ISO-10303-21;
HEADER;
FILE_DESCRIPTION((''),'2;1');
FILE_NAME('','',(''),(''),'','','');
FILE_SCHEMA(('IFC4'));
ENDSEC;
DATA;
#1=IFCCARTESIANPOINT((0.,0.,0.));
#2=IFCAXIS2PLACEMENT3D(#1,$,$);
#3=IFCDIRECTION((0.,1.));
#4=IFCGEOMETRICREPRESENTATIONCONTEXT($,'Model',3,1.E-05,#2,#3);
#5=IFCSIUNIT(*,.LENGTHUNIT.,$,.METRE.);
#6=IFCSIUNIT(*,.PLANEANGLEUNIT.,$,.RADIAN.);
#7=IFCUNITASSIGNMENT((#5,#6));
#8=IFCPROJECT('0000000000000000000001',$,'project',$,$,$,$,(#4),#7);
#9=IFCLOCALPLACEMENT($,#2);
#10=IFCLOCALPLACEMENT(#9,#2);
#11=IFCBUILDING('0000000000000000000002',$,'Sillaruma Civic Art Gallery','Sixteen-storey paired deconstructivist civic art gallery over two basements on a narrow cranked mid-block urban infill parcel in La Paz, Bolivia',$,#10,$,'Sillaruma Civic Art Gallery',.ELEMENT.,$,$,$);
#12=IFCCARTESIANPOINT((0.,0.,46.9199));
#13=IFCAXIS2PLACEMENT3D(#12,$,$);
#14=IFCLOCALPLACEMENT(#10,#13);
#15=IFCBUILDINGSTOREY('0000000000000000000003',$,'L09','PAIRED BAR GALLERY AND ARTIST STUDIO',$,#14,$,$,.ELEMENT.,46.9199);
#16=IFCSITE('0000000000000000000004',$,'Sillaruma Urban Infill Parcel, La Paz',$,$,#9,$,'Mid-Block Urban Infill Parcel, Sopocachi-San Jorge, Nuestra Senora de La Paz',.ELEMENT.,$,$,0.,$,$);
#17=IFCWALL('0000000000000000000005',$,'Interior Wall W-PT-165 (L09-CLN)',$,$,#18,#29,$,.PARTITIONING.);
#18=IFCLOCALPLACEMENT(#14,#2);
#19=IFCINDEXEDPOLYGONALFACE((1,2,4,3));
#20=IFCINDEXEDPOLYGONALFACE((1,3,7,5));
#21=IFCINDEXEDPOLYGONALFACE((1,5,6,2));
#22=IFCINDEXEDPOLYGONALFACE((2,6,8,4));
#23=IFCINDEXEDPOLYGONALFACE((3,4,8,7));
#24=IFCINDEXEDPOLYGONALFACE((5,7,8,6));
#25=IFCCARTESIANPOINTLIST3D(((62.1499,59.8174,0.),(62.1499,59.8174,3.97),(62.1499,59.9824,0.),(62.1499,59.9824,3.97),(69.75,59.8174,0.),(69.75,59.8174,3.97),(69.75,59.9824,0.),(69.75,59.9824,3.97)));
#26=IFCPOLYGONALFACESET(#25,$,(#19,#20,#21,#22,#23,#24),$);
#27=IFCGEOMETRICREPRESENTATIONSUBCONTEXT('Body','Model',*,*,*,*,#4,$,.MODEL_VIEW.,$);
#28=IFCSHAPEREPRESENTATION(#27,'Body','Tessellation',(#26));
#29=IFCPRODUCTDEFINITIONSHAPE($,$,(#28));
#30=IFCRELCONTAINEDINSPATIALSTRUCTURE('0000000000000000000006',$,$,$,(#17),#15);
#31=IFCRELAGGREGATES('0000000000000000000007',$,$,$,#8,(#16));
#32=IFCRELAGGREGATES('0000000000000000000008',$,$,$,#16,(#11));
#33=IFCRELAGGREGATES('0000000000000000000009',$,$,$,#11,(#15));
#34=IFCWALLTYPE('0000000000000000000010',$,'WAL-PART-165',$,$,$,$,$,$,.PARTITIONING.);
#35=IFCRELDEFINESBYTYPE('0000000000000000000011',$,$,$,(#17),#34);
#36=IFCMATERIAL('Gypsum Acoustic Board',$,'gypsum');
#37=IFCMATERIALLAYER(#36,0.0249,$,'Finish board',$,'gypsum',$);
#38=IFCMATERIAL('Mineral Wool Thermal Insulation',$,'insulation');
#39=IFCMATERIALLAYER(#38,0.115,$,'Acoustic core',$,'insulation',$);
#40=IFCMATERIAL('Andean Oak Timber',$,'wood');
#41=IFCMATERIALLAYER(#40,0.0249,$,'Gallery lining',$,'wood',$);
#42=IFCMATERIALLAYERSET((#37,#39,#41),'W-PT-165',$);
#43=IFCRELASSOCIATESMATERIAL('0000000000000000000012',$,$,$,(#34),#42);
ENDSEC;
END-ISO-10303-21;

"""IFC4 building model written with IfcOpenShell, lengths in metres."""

from ifc_helpers import new_model, si_unit, direction, frame, frame_2d, origin, place, context, subcontext, project, spatial, rectangle, extrude, material, layer, layer_set, type_object, element, save


model = new_model("IFC4")

# Units and contexts
model_context = context("Model", 3, precision=1e-05, world=origin(), true_north=direction((0.0, 1.0)))
body_context = subcontext(model_context, "Body", "Model", "MODEL_VIEW")
ifc_project = project(units=[si_unit("LENGTHUNIT", "METRE"), si_unit("PLANEANGLEUNIT", "RADIAN")], contexts=[model_context])

# Site, building, storey
site_placement = place(None, origin())
site = spatial("IfcSite", under=ifc_project, at=site_placement, Name="Sillaruma Urban Infill Parcel, La Paz", LongName="Mid-Block Urban Infill Parcel, Sopocachi-San Jorge, Nuestra Senora de La Paz", CompositionType="ELEMENT", RefElevation=0.0)
building_placement = place(site_placement, origin())
building = spatial("IfcBuilding", under=site, at=building_placement, Name="Sillaruma Civic Art Gallery", Description="Sixteen-storey paired deconstructivist civic art gallery over two basements on a narrow cranked mid-block urban infill parcel in La Paz, Bolivia", LongName="Sillaruma Civic Art Gallery", CompositionType="ELEMENT")
storey_placement = place(building_placement, frame((0.0, 0.0, 46.9199)))
storey = spatial("IfcBuildingStorey", under=building, at=storey_placement, Name="L09", Description="PAIRED BAR GALLERY AND ARTIST STUDIO", CompositionType="ELEMENT", Elevation=46.9199)

# Wall
ifc_material_1 = material(Name="Gypsum Acoustic Board", Category="gypsum")
ifc_material_2 = material(Name="Mineral Wool Thermal Insulation", Category="insulation")
ifc_material_3 = material(Name="Andean Oak Timber", Category="wood")
ifc_layer_1 = layer(ifc_material_1, 0.0249, Name="Finish board", Category="gypsum")
ifc_layer_2 = layer(ifc_material_2, 0.115, Name="Acoustic core", Category="insulation")
ifc_layer_3 = layer(ifc_material_3, 0.0249, Name="Gallery lining", Category="wood")
ifc_layer_set_1 = layer_set([ifc_layer_1, ifc_layer_2, ifc_layer_3], Name="W-PT-165")
wall_type_1 = type_object("IfcWallType", Name="WAL-PART-165", PredefinedType="PARTITIONING", material=ifc_layer_set_1)
wall_1_placement = place(storey_placement, frame((62.1499, 59.8999, 0.0), z_axis=(0.0, 0.0, 1.0), x_axis=(1.0, 0.0, 0.0)))
element("IfcWall", 1, at=wall_1_placement, inside=storey, type_object=wall_type_1, Name="Interior Wall W-PT-165 (L09-CLN)", PredefinedType="PARTITIONING", context=body_context, shape_type="SweptSolid", body=[
    extrude(rectangle(XDim=7.6001, YDim=0.165, at=frame_2d((3.8, 0.0))), origin(), (0.0, 0.0, 1.0), 3.97),
])

save(model, "model.ifc")
